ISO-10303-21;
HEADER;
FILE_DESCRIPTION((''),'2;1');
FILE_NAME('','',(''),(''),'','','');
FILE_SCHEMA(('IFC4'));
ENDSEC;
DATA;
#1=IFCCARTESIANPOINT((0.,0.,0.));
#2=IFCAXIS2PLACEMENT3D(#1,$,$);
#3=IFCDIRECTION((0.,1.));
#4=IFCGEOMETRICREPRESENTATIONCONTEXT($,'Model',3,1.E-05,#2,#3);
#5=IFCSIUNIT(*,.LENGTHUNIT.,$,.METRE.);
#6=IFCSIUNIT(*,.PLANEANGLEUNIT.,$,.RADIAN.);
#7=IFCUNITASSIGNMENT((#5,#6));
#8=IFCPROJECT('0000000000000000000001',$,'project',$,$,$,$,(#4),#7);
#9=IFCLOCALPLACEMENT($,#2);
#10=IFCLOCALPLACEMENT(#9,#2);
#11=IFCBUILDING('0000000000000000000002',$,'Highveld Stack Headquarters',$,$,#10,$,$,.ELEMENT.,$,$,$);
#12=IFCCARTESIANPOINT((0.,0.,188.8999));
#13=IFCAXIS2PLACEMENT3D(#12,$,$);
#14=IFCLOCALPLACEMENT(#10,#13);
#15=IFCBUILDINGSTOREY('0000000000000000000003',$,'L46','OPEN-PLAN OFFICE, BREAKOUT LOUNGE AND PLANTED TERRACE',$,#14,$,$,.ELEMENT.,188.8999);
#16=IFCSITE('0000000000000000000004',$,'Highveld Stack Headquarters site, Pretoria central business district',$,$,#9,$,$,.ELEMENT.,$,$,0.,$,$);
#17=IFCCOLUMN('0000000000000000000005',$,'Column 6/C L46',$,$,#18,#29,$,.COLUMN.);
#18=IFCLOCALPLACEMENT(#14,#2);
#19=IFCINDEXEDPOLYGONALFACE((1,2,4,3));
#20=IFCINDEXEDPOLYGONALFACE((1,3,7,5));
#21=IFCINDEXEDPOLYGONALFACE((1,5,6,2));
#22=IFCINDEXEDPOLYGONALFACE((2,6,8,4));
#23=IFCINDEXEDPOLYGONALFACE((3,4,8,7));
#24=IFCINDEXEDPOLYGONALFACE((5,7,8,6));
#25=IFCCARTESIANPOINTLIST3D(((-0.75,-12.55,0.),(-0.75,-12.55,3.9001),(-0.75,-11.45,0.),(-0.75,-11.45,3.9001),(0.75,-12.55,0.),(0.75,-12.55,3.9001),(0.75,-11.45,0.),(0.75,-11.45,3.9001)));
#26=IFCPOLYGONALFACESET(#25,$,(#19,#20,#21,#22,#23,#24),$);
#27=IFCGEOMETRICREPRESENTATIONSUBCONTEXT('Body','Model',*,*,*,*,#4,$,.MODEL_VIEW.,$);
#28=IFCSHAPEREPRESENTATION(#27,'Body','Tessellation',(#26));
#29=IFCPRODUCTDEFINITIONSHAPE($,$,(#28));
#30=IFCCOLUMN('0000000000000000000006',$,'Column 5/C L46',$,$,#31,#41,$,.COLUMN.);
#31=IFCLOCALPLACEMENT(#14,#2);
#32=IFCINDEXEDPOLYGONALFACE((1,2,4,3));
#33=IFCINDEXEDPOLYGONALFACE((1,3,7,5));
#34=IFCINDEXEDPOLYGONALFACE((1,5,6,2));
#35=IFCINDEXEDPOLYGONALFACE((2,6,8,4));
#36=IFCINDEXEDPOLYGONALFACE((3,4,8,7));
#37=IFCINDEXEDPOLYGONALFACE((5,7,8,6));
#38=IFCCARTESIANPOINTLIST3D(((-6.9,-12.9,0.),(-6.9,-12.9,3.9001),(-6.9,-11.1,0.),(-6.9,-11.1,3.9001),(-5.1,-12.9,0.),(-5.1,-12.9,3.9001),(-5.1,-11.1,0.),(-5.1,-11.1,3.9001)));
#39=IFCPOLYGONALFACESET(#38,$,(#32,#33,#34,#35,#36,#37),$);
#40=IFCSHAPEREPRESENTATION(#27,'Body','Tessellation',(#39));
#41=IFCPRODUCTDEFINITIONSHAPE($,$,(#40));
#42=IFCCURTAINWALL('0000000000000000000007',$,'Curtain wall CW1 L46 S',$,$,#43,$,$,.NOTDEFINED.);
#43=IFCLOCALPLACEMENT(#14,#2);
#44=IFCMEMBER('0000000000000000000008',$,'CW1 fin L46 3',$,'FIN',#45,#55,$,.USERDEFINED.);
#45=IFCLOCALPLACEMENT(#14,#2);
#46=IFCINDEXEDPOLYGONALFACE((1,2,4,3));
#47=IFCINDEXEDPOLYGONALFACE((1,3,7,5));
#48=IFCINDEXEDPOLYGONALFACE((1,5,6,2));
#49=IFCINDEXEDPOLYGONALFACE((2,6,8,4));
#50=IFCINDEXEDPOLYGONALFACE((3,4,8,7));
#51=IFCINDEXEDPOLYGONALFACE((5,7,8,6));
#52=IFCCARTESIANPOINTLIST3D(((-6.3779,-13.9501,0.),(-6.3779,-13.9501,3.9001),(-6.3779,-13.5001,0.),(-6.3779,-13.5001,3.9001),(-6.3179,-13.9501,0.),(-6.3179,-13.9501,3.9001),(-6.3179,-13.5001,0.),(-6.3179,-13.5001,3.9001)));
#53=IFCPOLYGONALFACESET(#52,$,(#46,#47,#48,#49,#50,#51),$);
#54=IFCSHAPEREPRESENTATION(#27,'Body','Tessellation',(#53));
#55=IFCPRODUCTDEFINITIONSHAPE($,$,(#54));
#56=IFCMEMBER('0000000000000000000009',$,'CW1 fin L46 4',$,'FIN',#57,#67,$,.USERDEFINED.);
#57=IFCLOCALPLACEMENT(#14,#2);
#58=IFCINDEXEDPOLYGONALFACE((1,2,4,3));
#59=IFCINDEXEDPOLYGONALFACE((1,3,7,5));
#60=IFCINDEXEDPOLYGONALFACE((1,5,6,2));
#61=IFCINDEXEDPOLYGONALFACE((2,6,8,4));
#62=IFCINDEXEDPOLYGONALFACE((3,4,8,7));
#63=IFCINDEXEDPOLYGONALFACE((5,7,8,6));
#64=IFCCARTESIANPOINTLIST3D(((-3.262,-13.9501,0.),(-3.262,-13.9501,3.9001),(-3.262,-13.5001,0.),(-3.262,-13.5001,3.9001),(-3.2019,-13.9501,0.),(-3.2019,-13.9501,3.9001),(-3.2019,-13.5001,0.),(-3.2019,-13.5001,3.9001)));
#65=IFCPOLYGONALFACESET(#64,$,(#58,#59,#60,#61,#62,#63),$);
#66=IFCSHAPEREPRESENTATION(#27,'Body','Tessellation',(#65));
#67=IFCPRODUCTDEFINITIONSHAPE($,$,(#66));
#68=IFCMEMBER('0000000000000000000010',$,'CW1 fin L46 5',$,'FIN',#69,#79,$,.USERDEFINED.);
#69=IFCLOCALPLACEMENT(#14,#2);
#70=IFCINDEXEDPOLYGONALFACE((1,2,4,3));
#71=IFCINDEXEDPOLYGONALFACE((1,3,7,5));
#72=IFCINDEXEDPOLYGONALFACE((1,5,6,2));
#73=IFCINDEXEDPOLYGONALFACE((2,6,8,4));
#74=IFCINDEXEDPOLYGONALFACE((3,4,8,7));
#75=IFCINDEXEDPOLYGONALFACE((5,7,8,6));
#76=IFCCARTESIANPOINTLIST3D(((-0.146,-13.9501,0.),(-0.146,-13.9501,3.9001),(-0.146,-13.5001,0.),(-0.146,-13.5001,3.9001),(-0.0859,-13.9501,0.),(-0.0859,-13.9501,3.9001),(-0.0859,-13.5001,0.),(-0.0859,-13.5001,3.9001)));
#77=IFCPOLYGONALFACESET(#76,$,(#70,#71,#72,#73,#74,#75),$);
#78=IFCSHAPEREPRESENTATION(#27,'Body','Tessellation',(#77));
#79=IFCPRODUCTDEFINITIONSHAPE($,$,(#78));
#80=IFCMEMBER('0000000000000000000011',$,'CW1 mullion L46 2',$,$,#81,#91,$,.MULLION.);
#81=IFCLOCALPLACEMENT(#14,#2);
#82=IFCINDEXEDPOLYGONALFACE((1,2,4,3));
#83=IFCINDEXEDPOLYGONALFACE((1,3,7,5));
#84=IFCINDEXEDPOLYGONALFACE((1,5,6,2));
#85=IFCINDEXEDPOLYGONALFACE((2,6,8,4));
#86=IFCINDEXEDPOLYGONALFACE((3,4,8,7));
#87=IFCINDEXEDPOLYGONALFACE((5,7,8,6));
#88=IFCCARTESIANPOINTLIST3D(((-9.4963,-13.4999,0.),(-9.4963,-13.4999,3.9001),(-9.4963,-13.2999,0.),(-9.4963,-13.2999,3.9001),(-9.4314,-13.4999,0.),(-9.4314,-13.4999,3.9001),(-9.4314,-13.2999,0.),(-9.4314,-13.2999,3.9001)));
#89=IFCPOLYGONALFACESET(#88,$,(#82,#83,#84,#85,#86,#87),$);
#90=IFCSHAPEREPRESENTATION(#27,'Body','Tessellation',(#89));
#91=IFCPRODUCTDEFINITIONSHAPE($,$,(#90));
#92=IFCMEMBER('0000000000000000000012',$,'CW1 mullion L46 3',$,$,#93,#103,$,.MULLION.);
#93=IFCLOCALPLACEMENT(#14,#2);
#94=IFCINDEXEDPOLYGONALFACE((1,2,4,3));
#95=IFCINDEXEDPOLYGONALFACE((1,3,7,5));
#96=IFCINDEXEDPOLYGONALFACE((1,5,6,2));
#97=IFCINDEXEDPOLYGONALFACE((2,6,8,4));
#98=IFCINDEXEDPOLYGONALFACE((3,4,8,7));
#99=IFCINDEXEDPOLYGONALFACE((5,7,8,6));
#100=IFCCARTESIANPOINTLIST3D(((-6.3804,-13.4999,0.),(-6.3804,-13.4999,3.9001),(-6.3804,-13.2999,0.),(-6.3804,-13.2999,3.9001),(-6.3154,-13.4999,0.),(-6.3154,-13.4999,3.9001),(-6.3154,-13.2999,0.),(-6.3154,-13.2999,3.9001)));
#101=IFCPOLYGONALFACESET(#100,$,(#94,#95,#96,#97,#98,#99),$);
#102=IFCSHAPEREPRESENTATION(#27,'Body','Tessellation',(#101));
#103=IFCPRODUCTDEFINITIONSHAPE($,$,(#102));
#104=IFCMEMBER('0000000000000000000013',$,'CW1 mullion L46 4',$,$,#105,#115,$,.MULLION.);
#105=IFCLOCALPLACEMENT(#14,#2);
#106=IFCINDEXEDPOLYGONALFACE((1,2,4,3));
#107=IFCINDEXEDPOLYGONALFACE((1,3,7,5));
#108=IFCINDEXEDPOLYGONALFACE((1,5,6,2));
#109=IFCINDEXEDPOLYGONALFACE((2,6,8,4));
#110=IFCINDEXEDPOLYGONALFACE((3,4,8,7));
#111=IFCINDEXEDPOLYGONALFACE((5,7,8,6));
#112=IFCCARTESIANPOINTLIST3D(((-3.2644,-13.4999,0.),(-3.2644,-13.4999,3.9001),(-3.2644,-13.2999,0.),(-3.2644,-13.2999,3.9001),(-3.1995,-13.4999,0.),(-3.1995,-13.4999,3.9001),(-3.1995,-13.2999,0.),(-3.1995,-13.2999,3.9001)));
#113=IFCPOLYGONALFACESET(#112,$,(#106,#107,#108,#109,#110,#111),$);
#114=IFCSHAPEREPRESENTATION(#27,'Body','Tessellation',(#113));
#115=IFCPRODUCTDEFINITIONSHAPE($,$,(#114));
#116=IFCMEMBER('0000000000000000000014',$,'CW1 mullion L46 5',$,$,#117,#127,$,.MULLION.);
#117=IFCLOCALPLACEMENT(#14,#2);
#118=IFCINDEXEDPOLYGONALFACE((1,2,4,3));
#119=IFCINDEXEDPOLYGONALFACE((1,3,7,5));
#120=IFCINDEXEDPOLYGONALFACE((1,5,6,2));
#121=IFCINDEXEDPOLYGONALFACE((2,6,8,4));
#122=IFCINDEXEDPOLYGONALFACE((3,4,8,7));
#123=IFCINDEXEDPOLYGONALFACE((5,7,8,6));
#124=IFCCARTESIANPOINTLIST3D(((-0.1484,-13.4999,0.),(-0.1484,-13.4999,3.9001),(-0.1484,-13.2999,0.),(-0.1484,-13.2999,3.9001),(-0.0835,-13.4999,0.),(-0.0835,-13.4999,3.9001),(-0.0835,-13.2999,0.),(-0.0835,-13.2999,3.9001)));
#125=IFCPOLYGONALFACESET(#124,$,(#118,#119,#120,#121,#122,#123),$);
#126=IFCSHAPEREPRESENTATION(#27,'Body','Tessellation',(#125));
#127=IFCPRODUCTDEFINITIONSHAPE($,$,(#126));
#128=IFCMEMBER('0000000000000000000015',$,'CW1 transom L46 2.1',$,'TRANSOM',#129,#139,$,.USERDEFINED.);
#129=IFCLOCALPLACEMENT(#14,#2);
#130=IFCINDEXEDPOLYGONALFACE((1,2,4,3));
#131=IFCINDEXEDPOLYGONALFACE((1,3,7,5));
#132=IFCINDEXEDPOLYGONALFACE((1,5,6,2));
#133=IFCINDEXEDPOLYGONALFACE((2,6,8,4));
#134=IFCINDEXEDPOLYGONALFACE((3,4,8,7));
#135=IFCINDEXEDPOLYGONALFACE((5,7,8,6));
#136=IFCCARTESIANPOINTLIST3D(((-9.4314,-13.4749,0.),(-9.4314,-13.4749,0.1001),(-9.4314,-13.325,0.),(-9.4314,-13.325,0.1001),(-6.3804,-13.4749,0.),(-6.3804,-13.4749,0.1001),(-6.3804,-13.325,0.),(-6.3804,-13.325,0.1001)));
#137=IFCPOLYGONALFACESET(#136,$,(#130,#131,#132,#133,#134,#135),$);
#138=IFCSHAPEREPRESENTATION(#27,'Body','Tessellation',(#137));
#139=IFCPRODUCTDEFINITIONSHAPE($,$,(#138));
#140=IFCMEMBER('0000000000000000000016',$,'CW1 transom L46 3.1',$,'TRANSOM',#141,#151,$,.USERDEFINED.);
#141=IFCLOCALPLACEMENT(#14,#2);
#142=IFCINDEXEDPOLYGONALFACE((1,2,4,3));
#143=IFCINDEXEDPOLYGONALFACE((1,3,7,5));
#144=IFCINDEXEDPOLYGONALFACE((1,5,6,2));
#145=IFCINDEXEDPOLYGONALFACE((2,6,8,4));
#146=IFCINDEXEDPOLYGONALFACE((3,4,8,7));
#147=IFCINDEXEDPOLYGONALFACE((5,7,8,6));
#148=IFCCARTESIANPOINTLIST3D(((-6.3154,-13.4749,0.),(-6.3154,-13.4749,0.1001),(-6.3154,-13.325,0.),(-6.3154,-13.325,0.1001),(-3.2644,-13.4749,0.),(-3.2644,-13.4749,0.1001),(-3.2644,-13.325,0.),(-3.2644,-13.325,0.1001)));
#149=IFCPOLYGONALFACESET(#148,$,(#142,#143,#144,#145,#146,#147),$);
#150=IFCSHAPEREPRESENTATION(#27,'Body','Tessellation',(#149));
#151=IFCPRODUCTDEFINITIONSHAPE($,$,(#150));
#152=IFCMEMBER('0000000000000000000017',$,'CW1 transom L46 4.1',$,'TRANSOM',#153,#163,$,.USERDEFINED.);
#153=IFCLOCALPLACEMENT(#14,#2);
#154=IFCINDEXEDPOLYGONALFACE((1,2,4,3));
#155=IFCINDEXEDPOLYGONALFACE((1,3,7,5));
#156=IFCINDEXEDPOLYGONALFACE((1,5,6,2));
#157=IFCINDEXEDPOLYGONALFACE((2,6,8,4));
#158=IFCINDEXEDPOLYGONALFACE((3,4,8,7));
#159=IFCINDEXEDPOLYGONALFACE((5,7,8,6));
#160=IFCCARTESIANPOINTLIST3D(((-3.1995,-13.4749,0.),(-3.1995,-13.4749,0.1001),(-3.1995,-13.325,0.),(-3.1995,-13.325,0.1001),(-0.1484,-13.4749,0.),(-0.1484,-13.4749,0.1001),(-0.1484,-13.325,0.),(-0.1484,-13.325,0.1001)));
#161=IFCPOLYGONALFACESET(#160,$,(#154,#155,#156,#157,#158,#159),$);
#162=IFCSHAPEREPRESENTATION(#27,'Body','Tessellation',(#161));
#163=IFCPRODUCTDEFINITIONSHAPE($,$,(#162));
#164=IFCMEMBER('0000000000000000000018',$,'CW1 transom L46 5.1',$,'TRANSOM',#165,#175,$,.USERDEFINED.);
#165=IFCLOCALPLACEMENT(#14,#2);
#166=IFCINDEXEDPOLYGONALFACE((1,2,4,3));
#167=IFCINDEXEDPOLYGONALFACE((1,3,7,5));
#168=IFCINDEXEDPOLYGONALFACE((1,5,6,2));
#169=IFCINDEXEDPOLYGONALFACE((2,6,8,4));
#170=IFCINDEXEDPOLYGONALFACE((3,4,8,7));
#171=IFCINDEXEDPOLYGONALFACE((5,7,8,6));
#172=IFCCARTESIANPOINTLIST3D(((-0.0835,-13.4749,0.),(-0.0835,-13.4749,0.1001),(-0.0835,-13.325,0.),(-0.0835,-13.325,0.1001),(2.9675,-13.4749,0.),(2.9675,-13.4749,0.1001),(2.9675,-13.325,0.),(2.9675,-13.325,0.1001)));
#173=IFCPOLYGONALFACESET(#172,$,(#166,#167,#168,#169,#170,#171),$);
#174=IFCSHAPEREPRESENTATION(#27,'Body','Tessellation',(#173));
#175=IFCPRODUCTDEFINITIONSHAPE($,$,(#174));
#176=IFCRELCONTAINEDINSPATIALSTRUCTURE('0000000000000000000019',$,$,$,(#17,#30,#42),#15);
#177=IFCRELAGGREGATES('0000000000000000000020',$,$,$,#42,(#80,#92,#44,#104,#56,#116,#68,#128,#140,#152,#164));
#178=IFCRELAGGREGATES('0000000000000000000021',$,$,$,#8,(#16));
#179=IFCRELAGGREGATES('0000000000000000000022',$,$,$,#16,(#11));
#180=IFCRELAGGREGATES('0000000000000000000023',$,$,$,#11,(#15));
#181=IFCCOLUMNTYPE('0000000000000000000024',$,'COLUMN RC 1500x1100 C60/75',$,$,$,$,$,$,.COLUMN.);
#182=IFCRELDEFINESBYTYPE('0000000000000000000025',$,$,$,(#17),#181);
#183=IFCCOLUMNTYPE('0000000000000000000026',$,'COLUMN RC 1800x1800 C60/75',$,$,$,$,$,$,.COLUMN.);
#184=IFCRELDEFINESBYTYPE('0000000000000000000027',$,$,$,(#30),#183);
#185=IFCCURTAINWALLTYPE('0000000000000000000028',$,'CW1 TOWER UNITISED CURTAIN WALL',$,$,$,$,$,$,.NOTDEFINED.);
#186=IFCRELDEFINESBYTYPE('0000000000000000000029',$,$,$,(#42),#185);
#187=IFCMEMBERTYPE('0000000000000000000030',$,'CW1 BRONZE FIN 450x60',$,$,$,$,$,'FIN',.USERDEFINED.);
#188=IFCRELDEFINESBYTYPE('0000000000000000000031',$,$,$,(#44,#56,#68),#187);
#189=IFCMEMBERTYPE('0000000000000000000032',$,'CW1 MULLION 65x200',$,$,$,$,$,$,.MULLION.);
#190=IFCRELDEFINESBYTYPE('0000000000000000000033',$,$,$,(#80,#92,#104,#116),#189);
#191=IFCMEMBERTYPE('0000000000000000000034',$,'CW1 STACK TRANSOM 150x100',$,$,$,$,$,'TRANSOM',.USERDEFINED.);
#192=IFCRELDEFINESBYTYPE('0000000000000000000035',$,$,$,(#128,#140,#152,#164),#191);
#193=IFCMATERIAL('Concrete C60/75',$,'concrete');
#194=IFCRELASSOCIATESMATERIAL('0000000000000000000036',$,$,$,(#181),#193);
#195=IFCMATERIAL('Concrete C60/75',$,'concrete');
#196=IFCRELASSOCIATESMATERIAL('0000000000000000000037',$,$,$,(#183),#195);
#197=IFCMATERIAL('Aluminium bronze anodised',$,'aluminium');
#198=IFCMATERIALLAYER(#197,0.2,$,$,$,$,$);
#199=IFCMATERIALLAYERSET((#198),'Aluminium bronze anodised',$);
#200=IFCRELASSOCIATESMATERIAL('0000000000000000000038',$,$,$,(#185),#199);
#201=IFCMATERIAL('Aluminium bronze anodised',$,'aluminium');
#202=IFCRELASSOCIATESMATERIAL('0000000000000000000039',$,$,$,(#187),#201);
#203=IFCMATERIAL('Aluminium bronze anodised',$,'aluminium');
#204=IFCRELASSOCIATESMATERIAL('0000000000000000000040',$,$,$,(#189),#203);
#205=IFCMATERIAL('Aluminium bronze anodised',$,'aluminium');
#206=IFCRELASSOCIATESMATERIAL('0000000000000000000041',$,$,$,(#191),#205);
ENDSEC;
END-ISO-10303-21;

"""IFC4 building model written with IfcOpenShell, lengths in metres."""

from ifc_helpers import new_model, si_unit, direction, frame, origin, origin_2d, place, context, subcontext, project, spatial, rectangle, extrude, material, layer, layer_set, material_profile, profile_set, type_object, element, aggregate, save


model = new_model("IFC4")

# Units and contexts
model_context = context("Model", 3, precision=1e-05, world=origin(), true_north=direction((0.0, 1.0)))
body_context = subcontext(model_context, "Body", "Model", "MODEL_VIEW")
ifc_project = project(units=[si_unit("LENGTHUNIT", "METRE"), si_unit("PLANEANGLEUNIT", "RADIAN")], contexts=[model_context])

# Site, building, storey
site_placement = place(None, origin())
site = spatial("IfcSite", under=ifc_project, at=site_placement, Name="Highveld Stack Headquarters site, Pretoria central business district", CompositionType="ELEMENT", RefElevation=0.0)
building_placement = place(site_placement, origin())
building = spatial("IfcBuilding", under=site, at=building_placement, Name="Highveld Stack Headquarters", CompositionType="ELEMENT")
storey_placement = place(building_placement, frame((0.0, 0.0, 188.8999)))
storey = spatial("IfcBuildingStorey", under=building, at=storey_placement, Name="L46", Description="OPEN-PLAN OFFICE, BREAKOUT LOUNGE AND PLANTED TERRACE", CompositionType="ELEMENT", Elevation=188.8999)

# Columns
ifc_material_1 = material(Name="Concrete C60/75", Category="concrete")
ifc_material_profile_1 = material_profile(ifc_material_1, rectangle(XDim=1.5, YDim=1.1001, at=origin_2d()), Name="RC 1500x1100")
ifc_profile_set_1 = profile_set([ifc_material_profile_1], Name="Concrete C60/75")
column_type_1 = type_object("IfcColumnType", Name="COLUMN RC 1500x1100 C60/75", PredefinedType="COLUMN", material=ifc_profile_set_1)
column_1_placement = place(storey_placement, frame((0.0, -12.0, 0.0), z_axis=(0.0, 0.0, 1.0), x_axis=(1.0, 0.0, 0.0)))
element("IfcColumn", 1, at=column_1_placement, inside=storey, type_object=column_type_1, Name="Column 6/C L46", PredefinedType="COLUMN", context=body_context, shape_type="SweptSolid", body=[
    extrude(rectangle(XDim=1.5, YDim=1.1001, at=origin_2d()), origin(), (0.0, 0.0, 1.0), 3.9001),
])
ifc_material_2 = material(Name="Concrete C60/75", Category="concrete")
ifc_material_profile_2 = material_profile(ifc_material_2, rectangle(XDim=1.8, YDim=1.8, at=origin_2d()), Name="RC 1800x1800")
ifc_profile_set_2 = profile_set([ifc_material_profile_2], Name="Concrete C60/75")
column_type_2 = type_object("IfcColumnType", Name="COLUMN RC 1800x1800 C60/75", PredefinedType="COLUMN", material=ifc_profile_set_2)
column_2_placement = place(storey_placement, frame((-6.0, -12.0, 0.0), z_axis=(0.0, 0.0, 1.0), x_axis=(1.0, 0.0, 0.0)))
element("IfcColumn", 2, at=column_2_placement, inside=storey, type_object=column_type_2, Name="Column 5/C L46", PredefinedType="COLUMN", context=body_context, shape_type="SweptSolid", body=[
    extrude(rectangle(XDim=1.8, YDim=1.8, at=origin_2d()), origin(), (0.0, 0.0, 1.0), 3.9001),
])

# Curtain wall, members
ifc_material_3 = material(Name="Aluminium bronze anodised", Category="aluminium")
ifc_layer_1 = layer(ifc_material_3, 0.2)
ifc_layer_set_1 = layer_set([ifc_layer_1], Name="Aluminium bronze anodised")
curtain_wall_type = type_object("IfcCurtainWallType", Name="CW1 TOWER UNITISED CURTAIN WALL", PredefinedType="NOTDEFINED", material=ifc_layer_set_1)
curtain_wall_placement = place(storey_placement, origin())
curtain_wall = element("IfcCurtainWall", 3, at=curtain_wall_placement, inside=storey, type_object=curtain_wall_type, Name="Curtain wall CW1 L46 S", PredefinedType="NOTDEFINED")
ifc_material_4 = material(Name="Aluminium bronze anodised", Category="aluminium")
ifc_material_profile_3 = material_profile(ifc_material_4, rectangle(XDim=0.45, YDim=0.0601, at=origin_2d()), Name="FIN 450x60")
ifc_profile_set_3 = profile_set([ifc_material_profile_3], Name="Aluminium bronze anodised")
member_type_1 = type_object("IfcMemberType", Name="CW1 BRONZE FIN 450x60", ElementType="FIN", PredefinedType="USERDEFINED", material=ifc_profile_set_3)
member_1_placement = place(storey_placement, frame((-6.3479, -13.7251, 0.0), z_axis=(0.0, 0.0, 1.0), x_axis=(0.0, 1.0, 0.0)))
member_1 = element("IfcMember", 4, at=member_1_placement, type_object=member_type_1, Name="CW1 fin L46 3", ObjectType="FIN", PredefinedType="USERDEFINED", context=body_context, shape_type="SweptSolid", body=[
    extrude(rectangle(XDim=0.45, YDim=0.0601, at=origin_2d()), origin(), (0.0, 0.0, 1.0), 3.9001),
])
member_2_placement = place(storey_placement, frame((-3.2319, -13.7251, 0.0), z_axis=(0.0, 0.0, 1.0), x_axis=(0.0, 1.0, 0.0)))
member_2 = element("IfcMember", 5, at=member_2_placement, type_object=member_type_1, Name="CW1 fin L46 4", ObjectType="FIN", PredefinedType="USERDEFINED", context=body_context, shape_type="SweptSolid", body=[
    extrude(rectangle(XDim=0.45, YDim=0.0601, at=origin_2d()), origin(), (0.0, 0.0, 1.0), 3.9001),
])
member_3_placement = place(storey_placement, frame((-0.116, -13.7251, 0.0), z_axis=(0.0, 0.0, 1.0), x_axis=(0.0, 1.0, 0.0)))
member_3 = element("IfcMember", 6, at=member_3_placement, type_object=member_type_1, Name="CW1 fin L46 5", ObjectType="FIN", PredefinedType="USERDEFINED", context=body_context, shape_type="SweptSolid", body=[
    extrude(rectangle(XDim=0.45, YDim=0.0601, at=origin_2d()), origin(), (0.0, 0.0, 1.0), 3.9001),
])
ifc_material_5 = material(Name="Aluminium bronze anodised", Category="aluminium")
ifc_material_profile_4 = material_profile(ifc_material_5, rectangle(XDim=0.2, YDim=0.0649, at=origin_2d()), Name="CW1 MULLION 65x200")
ifc_profile_set_4 = profile_set([ifc_material_profile_4], Name="Aluminium bronze anodised")
member_type_2 = type_object("IfcMemberType", Name="CW1 MULLION 65x200", PredefinedType="MULLION", material=ifc_profile_set_4)
member_4_placement = place(storey_placement, frame((-9.4639, -13.3999, 0.0), z_axis=(0.0, 0.0, 1.0), x_axis=(0.0, 1.0, 0.0)))
member_4 = element("IfcMember", 7, at=member_4_placement, type_object=member_type_2, Name="CW1 mullion L46 2", PredefinedType="MULLION", context=body_context, shape_type="SweptSolid", body=[
    extrude(rectangle(XDim=0.2, YDim=0.0649, at=origin_2d()), origin(), (0.0, 0.0, 1.0), 3.9001),
])
member_5_placement = place(storey_placement, frame((-6.3479, -13.3999, 0.0), z_axis=(0.0, 0.0, 1.0), x_axis=(0.0, 1.0, 0.0)))
member_5 = element("IfcMember", 8, at=member_5_placement, type_object=member_type_2, Name="CW1 mullion L46 3", PredefinedType="MULLION", context=body_context, shape_type="SweptSolid", body=[
    extrude(rectangle(XDim=0.2, YDim=0.0649, at=origin_2d()), origin(), (0.0, 0.0, 1.0), 3.9001),
])
member_6_placement = place(storey_placement, frame((-3.2319, -13.3999, 0.0), z_axis=(0.0, 0.0, 1.0), x_axis=(0.0, 1.0, 0.0)))
member_6 = element("IfcMember", 9, at=member_6_placement, type_object=member_type_2, Name="CW1 mullion L46 4", PredefinedType="MULLION", context=body_context, shape_type="SweptSolid", body=[
    extrude(rectangle(XDim=0.2, YDim=0.0649, at=origin_2d()), origin(), (0.0, 0.0, 1.0), 3.9001),
])
member_7_placement = place(storey_placement, frame((-0.116, -13.3999, 0.0), z_axis=(0.0, 0.0, 1.0), x_axis=(0.0, 1.0, 0.0)))
member_7 = element("IfcMember", 10, at=member_7_placement, type_object=member_type_2, Name="CW1 mullion L46 5", PredefinedType="MULLION", context=body_context, shape_type="SweptSolid", body=[
    extrude(rectangle(XDim=0.2, YDim=0.0649, at=origin_2d()), origin(), (0.0, 0.0, 1.0), 3.9001),
])
ifc_material_6 = material(Name="Aluminium bronze anodised", Category="aluminium")
ifc_material_profile_5 = material_profile(ifc_material_6, rectangle(XDim=0.1499, YDim=0.1001, at=origin_2d()), Name="CW1 TRANSOM 150x100")
ifc_profile_set_5 = profile_set([ifc_material_profile_5], Name="Aluminium bronze anodised")
member_type_3 = type_object("IfcMemberType", Name="CW1 STACK TRANSOM 150x100", ElementType="TRANSOM", PredefinedType="USERDEFINED", material=ifc_profile_set_5)
member_8_placement = place(storey_placement, frame((-9.4314, -13.3999, 0.05), z_axis=(1.0, 0.0, 0.0), x_axis=(0.0, 1.0, 0.0)))
member_8 = element("IfcMember", 11, at=member_8_placement, type_object=member_type_3, Name="CW1 transom L46 2.1", ObjectType="TRANSOM", PredefinedType="USERDEFINED", context=body_context, shape_type="SweptSolid", body=[
    extrude(rectangle(XDim=0.1499, YDim=0.1001, at=origin_2d()), origin(), (0.0, 0.0, 1.0), 3.051),
])
member_9_placement = place(storey_placement, frame((-6.3154, -13.3999, 0.05), z_axis=(1.0, 0.0, 0.0), x_axis=(0.0, 1.0, 0.0)))
member_9 = element("IfcMember", 12, at=member_9_placement, type_object=member_type_3, Name="CW1 transom L46 3.1", ObjectType="TRANSOM", PredefinedType="USERDEFINED", context=body_context, shape_type="SweptSolid", body=[
    extrude(rectangle(XDim=0.1499, YDim=0.1001, at=origin_2d()), origin(), (0.0, 0.0, 1.0), 3.051),
])
member_10_placement = place(storey_placement, frame((-3.1995, -13.3999, 0.05), z_axis=(1.0, 0.0, 0.0), x_axis=(0.0, 1.0, 0.0)))
member_10 = element("IfcMember", 13, at=member_10_placement, type_object=member_type_3, Name="CW1 transom L46 4.1", ObjectType="TRANSOM", PredefinedType="USERDEFINED", context=body_context, shape_type="SweptSolid", body=[
    extrude(rectangle(XDim=0.1499, YDim=0.1001, at=origin_2d()), origin(), (0.0, 0.0, 1.0), 3.051),
])
member_11_placement = place(storey_placement, frame((-0.0835, -13.3999, 0.05), z_axis=(1.0, 0.0, 0.0), x_axis=(0.0, 1.0, 0.0)))
member_11 = element("IfcMember", 14, at=member_11_placement, type_object=member_type_3, Name="CW1 transom L46 5.1", ObjectType="TRANSOM", PredefinedType="USERDEFINED", context=body_context, shape_type="SweptSolid", body=[
    extrude(rectangle(XDim=0.1499, YDim=0.1001, at=origin_2d()), origin(), (0.0, 0.0, 1.0), 3.051),
])
aggregate(curtain_wall, [member_4, member_5, member_1, member_6, member_2, member_7, member_3, member_8, member_9, member_10, member_11])

save(model, "model.ifc")
